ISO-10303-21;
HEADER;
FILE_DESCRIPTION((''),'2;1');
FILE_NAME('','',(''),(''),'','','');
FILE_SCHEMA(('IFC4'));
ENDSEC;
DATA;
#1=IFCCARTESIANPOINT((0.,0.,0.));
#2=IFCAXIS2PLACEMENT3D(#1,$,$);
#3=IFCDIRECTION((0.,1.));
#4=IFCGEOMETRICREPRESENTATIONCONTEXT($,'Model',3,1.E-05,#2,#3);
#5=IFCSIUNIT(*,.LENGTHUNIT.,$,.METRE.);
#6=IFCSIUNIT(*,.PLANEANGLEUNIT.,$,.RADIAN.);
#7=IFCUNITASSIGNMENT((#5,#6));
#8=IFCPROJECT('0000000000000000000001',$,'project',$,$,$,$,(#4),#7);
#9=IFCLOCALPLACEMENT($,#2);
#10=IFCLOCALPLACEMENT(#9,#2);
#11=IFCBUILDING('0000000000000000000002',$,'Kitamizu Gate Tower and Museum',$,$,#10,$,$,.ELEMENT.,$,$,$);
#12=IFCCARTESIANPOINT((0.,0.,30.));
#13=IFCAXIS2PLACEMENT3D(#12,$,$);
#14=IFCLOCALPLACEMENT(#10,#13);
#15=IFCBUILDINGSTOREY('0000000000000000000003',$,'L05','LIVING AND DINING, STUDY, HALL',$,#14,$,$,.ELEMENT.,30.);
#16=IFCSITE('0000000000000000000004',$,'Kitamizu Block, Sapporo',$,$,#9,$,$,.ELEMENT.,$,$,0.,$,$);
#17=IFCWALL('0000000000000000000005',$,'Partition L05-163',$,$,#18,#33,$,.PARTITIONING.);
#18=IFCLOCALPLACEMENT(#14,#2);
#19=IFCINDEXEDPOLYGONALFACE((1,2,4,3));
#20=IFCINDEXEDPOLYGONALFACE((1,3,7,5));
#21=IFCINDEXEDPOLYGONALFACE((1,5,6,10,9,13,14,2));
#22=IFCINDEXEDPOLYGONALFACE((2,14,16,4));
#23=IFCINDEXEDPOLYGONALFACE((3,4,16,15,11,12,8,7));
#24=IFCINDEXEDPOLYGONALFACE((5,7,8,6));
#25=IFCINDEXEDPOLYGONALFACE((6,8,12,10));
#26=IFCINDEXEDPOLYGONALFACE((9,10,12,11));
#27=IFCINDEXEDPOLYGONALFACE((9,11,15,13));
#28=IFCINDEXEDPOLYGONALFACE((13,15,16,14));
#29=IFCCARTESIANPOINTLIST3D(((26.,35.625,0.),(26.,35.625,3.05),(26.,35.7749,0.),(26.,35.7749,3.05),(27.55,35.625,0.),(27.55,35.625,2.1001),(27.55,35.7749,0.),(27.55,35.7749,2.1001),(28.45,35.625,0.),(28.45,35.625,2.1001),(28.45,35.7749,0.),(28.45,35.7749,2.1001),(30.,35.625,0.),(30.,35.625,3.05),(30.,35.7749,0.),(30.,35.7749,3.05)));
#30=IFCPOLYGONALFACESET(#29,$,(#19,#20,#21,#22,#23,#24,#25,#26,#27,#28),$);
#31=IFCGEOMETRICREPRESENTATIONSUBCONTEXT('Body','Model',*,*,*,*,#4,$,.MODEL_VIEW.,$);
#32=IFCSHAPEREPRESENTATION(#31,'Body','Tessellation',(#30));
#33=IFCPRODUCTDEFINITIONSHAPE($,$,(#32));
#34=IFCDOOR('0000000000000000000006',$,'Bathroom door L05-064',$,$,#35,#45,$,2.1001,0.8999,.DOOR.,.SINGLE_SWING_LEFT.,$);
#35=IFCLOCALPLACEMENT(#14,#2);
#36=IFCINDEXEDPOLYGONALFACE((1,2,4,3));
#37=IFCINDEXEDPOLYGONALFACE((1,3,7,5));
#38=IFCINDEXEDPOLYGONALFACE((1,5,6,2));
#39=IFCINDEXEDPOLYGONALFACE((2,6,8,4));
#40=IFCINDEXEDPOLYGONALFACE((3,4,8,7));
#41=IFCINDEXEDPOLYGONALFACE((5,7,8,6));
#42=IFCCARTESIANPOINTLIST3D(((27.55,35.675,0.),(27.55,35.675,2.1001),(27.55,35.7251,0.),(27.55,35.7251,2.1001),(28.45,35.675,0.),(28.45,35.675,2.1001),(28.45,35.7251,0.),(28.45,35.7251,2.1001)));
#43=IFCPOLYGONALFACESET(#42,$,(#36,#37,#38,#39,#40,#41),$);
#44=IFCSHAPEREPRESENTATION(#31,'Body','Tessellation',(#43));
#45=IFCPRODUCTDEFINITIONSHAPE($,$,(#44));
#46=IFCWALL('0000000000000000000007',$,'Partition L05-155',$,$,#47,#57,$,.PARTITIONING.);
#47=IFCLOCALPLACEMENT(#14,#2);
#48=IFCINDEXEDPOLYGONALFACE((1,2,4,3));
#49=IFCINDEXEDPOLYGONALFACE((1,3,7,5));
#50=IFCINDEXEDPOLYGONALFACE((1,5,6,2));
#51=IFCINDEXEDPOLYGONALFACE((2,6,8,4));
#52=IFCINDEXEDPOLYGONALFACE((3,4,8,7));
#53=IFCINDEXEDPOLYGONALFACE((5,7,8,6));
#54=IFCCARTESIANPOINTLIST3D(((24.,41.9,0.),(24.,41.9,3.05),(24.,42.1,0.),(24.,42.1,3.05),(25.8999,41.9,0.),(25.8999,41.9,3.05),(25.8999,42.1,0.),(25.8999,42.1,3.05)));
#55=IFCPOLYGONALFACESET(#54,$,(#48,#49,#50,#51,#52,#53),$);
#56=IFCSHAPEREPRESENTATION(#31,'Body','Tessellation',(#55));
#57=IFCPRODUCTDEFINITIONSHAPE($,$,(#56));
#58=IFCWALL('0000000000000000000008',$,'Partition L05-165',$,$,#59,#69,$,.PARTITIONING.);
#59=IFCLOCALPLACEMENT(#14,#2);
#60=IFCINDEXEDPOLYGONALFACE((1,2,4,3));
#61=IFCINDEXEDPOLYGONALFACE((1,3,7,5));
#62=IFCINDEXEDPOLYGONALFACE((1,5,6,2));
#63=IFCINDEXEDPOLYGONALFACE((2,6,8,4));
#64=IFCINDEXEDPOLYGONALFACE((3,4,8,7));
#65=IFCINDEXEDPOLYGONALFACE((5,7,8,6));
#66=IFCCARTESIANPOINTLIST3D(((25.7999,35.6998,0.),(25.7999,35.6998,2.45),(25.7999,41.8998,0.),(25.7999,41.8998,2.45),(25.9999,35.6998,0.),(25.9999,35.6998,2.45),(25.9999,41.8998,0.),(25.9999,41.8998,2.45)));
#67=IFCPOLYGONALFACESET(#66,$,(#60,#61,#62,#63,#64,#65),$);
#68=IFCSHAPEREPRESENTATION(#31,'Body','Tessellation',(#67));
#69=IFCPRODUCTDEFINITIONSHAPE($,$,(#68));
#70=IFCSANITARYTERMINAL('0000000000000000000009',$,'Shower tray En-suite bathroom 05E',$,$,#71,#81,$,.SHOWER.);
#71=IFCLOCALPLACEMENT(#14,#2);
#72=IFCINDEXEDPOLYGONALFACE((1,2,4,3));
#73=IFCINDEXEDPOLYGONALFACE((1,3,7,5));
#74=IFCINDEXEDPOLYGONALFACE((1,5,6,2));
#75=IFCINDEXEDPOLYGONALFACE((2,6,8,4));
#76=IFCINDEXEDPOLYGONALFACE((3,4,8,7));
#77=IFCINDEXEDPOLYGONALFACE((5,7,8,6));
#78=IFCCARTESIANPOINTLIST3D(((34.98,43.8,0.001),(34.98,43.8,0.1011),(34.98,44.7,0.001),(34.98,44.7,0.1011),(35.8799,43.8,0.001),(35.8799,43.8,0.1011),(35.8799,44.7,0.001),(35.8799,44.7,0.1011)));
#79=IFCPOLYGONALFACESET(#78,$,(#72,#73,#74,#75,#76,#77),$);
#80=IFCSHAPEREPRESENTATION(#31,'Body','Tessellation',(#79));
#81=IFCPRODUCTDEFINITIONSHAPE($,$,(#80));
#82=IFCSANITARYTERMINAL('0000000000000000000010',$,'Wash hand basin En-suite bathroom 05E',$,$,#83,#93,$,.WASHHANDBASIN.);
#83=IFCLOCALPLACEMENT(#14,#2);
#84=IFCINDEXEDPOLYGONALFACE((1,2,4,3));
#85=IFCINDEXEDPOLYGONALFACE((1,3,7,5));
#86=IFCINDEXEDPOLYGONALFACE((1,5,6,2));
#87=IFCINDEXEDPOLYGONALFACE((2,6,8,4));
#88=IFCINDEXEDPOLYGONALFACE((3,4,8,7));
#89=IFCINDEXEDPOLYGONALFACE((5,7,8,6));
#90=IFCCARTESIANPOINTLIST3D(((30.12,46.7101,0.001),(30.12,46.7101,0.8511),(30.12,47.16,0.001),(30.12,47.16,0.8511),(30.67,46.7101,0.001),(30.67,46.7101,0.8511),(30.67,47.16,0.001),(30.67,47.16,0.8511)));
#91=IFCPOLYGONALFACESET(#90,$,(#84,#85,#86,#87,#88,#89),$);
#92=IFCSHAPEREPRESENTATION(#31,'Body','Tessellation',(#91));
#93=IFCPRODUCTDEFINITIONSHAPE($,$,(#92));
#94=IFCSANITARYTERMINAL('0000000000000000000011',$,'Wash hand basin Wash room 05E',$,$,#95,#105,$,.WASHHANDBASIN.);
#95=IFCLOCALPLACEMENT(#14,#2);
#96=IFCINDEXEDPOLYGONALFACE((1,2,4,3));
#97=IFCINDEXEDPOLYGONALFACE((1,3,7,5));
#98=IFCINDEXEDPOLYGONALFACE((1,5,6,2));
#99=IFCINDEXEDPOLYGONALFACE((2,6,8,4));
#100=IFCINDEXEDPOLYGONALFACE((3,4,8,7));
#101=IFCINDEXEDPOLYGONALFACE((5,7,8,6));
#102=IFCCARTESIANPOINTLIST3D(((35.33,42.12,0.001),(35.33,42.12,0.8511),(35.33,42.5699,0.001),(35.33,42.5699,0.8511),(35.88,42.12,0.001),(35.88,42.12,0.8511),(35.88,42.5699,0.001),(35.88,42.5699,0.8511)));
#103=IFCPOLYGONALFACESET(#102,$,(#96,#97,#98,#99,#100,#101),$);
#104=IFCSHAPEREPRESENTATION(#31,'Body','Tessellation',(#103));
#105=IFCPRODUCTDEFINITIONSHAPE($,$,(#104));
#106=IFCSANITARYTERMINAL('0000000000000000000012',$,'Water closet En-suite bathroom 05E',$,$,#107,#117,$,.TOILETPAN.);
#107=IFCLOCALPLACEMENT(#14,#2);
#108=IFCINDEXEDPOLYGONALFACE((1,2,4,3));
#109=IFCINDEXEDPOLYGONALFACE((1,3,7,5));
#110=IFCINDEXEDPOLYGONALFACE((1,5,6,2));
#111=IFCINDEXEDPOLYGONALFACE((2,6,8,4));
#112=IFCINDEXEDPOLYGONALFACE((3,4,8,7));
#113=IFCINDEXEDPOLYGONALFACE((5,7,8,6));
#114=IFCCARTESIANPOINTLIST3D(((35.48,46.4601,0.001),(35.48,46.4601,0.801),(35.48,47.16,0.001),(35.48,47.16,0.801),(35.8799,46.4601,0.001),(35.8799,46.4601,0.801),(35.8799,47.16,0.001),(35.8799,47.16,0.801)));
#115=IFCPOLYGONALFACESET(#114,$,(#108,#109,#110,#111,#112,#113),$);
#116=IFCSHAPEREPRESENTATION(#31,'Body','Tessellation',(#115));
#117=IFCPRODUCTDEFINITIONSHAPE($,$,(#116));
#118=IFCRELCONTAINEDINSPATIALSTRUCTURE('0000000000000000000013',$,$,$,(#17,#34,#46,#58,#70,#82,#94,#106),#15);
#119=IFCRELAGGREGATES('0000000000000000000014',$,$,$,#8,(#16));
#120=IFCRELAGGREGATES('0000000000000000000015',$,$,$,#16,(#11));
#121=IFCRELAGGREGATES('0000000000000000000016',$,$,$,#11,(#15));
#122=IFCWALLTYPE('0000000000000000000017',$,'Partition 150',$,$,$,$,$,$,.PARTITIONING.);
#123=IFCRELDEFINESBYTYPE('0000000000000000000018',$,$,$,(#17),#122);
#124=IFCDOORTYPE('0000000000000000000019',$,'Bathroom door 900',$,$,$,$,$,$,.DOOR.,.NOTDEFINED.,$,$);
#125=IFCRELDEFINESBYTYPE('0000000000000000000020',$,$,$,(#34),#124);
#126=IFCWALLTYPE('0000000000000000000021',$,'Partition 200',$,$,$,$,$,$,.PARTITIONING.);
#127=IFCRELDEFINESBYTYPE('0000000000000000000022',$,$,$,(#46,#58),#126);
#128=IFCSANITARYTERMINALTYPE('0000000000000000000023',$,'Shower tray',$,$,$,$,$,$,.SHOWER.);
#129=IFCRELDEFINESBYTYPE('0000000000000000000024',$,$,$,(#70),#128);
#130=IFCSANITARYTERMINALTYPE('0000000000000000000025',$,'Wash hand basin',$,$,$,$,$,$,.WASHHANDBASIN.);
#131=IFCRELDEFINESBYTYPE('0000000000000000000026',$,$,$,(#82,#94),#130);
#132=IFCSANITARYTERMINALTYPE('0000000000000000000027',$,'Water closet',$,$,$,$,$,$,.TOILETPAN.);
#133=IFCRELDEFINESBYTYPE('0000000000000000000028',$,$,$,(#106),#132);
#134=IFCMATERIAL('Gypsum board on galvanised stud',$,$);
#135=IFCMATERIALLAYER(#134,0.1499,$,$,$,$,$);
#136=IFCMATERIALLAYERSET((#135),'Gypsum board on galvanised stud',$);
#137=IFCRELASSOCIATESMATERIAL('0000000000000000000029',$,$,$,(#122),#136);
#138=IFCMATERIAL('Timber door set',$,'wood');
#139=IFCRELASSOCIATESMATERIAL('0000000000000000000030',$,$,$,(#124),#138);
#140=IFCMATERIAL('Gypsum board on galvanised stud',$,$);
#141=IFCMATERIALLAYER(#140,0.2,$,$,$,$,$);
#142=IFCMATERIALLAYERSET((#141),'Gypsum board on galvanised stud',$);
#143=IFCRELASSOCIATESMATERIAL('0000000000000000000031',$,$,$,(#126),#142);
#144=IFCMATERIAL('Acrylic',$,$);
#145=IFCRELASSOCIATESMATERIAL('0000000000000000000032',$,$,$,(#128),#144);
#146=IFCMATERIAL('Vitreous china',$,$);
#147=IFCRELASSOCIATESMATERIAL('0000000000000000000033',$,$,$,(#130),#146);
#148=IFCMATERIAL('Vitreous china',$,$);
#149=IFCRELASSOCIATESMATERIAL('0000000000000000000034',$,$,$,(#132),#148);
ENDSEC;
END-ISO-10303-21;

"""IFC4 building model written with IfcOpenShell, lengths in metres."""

from ifc_helpers import new_model, si_unit, direction, frame, frame_2d, origin, origin_2d, place, context, subcontext, project, spatial, rectangle, extrude, material, layer, layer_set, type_object, element, fill, save


model = new_model("IFC4")

# Units and contexts
model_context = context("Model", 3, precision=1e-05, world=origin(), true_north=direction((0.0, 1.0)))
body_context = subcontext(model_context, "Body", "Model", "MODEL_VIEW")
ifc_project = project(units=[si_unit("LENGTHUNIT", "METRE"), si_unit("PLANEANGLEUNIT", "RADIAN")], contexts=[model_context])

# Site, building, storey
site_placement = place(None, origin())
site = spatial("IfcSite", under=ifc_project, at=site_placement, Name="Kitamizu Block, Sapporo", CompositionType="ELEMENT", RefElevation=0.0)
building_placement = place(site_placement, origin())
building = spatial("IfcBuilding", under=site, at=building_placement, Name="Kitamizu Gate Tower and Museum", CompositionType="ELEMENT")
storey_placement = place(building_placement, frame((0.0, 0.0, 30.0)))
storey = spatial("IfcBuildingStorey", under=building, at=storey_placement, Name="L05", Description="LIVING AND DINING, STUDY, HALL", CompositionType="ELEMENT", Elevation=30.0)

# Shared definitions
ifc_material_1 = material(Name="Gypsum board on galvanised stud")
ifc_layer_1 = layer(ifc_material_1, 0.1499)
ifc_layer_set_1 = layer_set([ifc_layer_1], Name="Gypsum board on galvanised stud")
wall_type_1 = type_object("IfcWallType", Name="Partition 150", PredefinedType="PARTITIONING", material=ifc_layer_set_1)
ifc_material_2 = material(Name="Timber door set", Category="wood")
door_type_1 = type_object("IfcDoorType", Name="Bathroom door 900", OperationType="NOTDEFINED", PredefinedType="DOOR", material=ifc_material_2)

# Wall, opening, door
wall_1_placement = place(storey_placement, frame((26.0, 35.7, 0.0), z_axis=(0.0, 0.0, 1.0), x_axis=(1.0, 0.0, 0.0)))
wall_1 = element("IfcWall", 1, at=wall_1_placement, inside=storey, type_object=wall_type_1, Name="Partition L05-163", PredefinedType="PARTITIONING", context=body_context, shape_type="SweptSolid", body=[
    extrude(rectangle(XDim=4.0, YDim=0.1499, at=frame_2d((2.0, 0.0))), origin(), (0.0, 0.0, 1.0), 3.05),
])
opening_1_placement = place(wall_1_placement, frame((1.55, 0.0, 0.0)))
opening_1 = element("IfcOpeningElement", 2, at=opening_1_placement, cuts=wall_1, PredefinedType="OPENING", context=body_context, shape_type="SweptSolid", body=[
    extrude(rectangle(XDim=0.8999, YDim=2.1001, at=frame_2d((0.45, 1.05))), frame((0.0, 0.085, 0.0), z_axis=(0.0, -1.0, 0.0), x_axis=(1.0, 0.0, 0.0)), (0.0, 0.0, 1.0), 0.1699),
])
door_1_placement = place(opening_1_placement, frame((0.8999, 0.0, 0.0), x_axis=(-1.0, 0.0, 0.0)))
door_1 = element("IfcDoor", 3, at=door_1_placement, inside=storey, type_object=door_type_1, Name="Bathroom door L05-064", OperationType="SINGLE_SWING_LEFT", OverallHeight=2.1001, OverallWidth=0.8999, PredefinedType="DOOR", context=body_context, shape_type="SweptSolid", body=[
    extrude(rectangle(XDim=0.8999, YDim=2.1001, at=frame_2d((0.45, 1.05))), frame((0.0, 0.0249, 0.0), z_axis=(0.0, -1.0, 0.0), x_axis=(1.0, 0.0, 0.0)), (0.0, 0.0, 1.0), 0.05),
])
fill(opening_1, door_1)

# Walls
ifc_material_3 = material(Name="Gypsum board on galvanised stud")
ifc_layer_2 = layer(ifc_material_3, 0.2)
ifc_layer_set_2 = layer_set([ifc_layer_2], Name="Gypsum board on galvanised stud")
wall_type_2 = type_object("IfcWallType", Name="Partition 200", PredefinedType="PARTITIONING", material=ifc_layer_set_2)
wall_2_placement = place(storey_placement, frame((24.0, 42.0, 0.0), z_axis=(0.0, 0.0, 1.0), x_axis=(1.0, 0.0, 0.0)))
element("IfcWall", 4, at=wall_2_placement, inside=storey, type_object=wall_type_2, Name="Partition L05-155", PredefinedType="PARTITIONING", context=body_context, shape_type="SweptSolid", body=[
    extrude(rectangle(XDim=1.8999, YDim=0.2, at=frame_2d((0.95, 0.0))), origin(), (0.0, 0.0, 1.0), 3.05),
])
wall_3_placement = place(storey_placement, frame((25.8999, 41.8999, 0.0), z_axis=(0.0, 0.0, 1.0), x_axis=(0.0, -1.0, 0.0)))
element("IfcWall", 5, at=wall_3_placement, inside=storey, type_object=wall_type_2, Name="Partition L05-165", PredefinedType="PARTITIONING", context=body_context, shape_type="SweptSolid", body=[
    extrude(rectangle(XDim=6.2, YDim=0.2, at=frame_2d((3.1001, 0.0))), origin(), (0.0, 0.0, 1.0), 2.45),
])

# Sanitary terminals
ifc_material_4 = material(Name="Acrylic")
sanitary_terminal_type_1 = type_object("IfcSanitaryTerminalType", Name="Shower tray", PredefinedType="SHOWER", material=ifc_material_4)
sanitary_terminal_1_placement = place(storey_placement, frame((35.4299, 44.25, 0.001), z_axis=(0.0, 0.0, 1.0), x_axis=(1.0, 0.0, 0.0)))
element("IfcSanitaryTerminal", 6, at=sanitary_terminal_1_placement, inside=storey, type_object=sanitary_terminal_type_1, Name="Shower tray En-suite bathroom 05E", PredefinedType="SHOWER", context=body_context, shape_type="SweptSolid", body=[
    extrude(rectangle(XDim=0.8999, YDim=0.8999, at=origin_2d()), origin(), (0.0, 0.0, 1.0), 0.1001),
])
ifc_material_5 = material(Name="Vitreous china")
sanitary_terminal_type_2 = type_object("IfcSanitaryTerminalType", Name="Wash hand basin", PredefinedType="WASHHANDBASIN", material=ifc_material_5)
for number, where, z_axis, x_axis, name in (
    (7, (30.395, 46.9351, 0.001), (0.0, 0.0, 1.0), (1.0, 0.0, 0.0), "Wash hand basin En-suite bathroom 05E"),
    (8, (35.605, 42.345, 0.001), (0.0, 0.0, 1.0), (1.0, 0.0, 0.0), "Wash hand basin Wash room 05E"),
):
    element("IfcSanitaryTerminal", number, at=place(storey_placement, frame(where, z_axis=z_axis, x_axis=x_axis)), inside=storey, type_object=sanitary_terminal_type_2, Name=name, PredefinedType="WASHHANDBASIN", context=body_context, shape_type="SweptSolid", body=[
        extrude(rectangle(XDim=0.55, YDim=0.45, at=origin_2d()), origin(), (0.0, 0.0, 1.0), 0.8501),
    ])
ifc_material_6 = material(Name="Vitreous china")
sanitary_terminal_type_3 = type_object("IfcSanitaryTerminalType", Name="Water closet", PredefinedType="TOILETPAN", material=ifc_material_6)
sanitary_terminal_2_placement = place(storey_placement, frame((35.6799, 46.8101, 0.001), z_axis=(0.0, 0.0, 1.0), x_axis=(1.0, 0.0, 0.0)))
element("IfcSanitaryTerminal", 9, at=sanitary_terminal_2_placement, inside=storey, type_object=sanitary_terminal_type_3, Name="Water closet En-suite bathroom 05E", PredefinedType="TOILETPAN", context=body_context, shape_type="SweptSolid", body=[
    extrude(rectangle(XDim=0.3999, YDim=0.7, at=origin_2d()), origin(), (0.0, 0.0, 1.0), 0.8),
])

save(model, "model.ifc")
